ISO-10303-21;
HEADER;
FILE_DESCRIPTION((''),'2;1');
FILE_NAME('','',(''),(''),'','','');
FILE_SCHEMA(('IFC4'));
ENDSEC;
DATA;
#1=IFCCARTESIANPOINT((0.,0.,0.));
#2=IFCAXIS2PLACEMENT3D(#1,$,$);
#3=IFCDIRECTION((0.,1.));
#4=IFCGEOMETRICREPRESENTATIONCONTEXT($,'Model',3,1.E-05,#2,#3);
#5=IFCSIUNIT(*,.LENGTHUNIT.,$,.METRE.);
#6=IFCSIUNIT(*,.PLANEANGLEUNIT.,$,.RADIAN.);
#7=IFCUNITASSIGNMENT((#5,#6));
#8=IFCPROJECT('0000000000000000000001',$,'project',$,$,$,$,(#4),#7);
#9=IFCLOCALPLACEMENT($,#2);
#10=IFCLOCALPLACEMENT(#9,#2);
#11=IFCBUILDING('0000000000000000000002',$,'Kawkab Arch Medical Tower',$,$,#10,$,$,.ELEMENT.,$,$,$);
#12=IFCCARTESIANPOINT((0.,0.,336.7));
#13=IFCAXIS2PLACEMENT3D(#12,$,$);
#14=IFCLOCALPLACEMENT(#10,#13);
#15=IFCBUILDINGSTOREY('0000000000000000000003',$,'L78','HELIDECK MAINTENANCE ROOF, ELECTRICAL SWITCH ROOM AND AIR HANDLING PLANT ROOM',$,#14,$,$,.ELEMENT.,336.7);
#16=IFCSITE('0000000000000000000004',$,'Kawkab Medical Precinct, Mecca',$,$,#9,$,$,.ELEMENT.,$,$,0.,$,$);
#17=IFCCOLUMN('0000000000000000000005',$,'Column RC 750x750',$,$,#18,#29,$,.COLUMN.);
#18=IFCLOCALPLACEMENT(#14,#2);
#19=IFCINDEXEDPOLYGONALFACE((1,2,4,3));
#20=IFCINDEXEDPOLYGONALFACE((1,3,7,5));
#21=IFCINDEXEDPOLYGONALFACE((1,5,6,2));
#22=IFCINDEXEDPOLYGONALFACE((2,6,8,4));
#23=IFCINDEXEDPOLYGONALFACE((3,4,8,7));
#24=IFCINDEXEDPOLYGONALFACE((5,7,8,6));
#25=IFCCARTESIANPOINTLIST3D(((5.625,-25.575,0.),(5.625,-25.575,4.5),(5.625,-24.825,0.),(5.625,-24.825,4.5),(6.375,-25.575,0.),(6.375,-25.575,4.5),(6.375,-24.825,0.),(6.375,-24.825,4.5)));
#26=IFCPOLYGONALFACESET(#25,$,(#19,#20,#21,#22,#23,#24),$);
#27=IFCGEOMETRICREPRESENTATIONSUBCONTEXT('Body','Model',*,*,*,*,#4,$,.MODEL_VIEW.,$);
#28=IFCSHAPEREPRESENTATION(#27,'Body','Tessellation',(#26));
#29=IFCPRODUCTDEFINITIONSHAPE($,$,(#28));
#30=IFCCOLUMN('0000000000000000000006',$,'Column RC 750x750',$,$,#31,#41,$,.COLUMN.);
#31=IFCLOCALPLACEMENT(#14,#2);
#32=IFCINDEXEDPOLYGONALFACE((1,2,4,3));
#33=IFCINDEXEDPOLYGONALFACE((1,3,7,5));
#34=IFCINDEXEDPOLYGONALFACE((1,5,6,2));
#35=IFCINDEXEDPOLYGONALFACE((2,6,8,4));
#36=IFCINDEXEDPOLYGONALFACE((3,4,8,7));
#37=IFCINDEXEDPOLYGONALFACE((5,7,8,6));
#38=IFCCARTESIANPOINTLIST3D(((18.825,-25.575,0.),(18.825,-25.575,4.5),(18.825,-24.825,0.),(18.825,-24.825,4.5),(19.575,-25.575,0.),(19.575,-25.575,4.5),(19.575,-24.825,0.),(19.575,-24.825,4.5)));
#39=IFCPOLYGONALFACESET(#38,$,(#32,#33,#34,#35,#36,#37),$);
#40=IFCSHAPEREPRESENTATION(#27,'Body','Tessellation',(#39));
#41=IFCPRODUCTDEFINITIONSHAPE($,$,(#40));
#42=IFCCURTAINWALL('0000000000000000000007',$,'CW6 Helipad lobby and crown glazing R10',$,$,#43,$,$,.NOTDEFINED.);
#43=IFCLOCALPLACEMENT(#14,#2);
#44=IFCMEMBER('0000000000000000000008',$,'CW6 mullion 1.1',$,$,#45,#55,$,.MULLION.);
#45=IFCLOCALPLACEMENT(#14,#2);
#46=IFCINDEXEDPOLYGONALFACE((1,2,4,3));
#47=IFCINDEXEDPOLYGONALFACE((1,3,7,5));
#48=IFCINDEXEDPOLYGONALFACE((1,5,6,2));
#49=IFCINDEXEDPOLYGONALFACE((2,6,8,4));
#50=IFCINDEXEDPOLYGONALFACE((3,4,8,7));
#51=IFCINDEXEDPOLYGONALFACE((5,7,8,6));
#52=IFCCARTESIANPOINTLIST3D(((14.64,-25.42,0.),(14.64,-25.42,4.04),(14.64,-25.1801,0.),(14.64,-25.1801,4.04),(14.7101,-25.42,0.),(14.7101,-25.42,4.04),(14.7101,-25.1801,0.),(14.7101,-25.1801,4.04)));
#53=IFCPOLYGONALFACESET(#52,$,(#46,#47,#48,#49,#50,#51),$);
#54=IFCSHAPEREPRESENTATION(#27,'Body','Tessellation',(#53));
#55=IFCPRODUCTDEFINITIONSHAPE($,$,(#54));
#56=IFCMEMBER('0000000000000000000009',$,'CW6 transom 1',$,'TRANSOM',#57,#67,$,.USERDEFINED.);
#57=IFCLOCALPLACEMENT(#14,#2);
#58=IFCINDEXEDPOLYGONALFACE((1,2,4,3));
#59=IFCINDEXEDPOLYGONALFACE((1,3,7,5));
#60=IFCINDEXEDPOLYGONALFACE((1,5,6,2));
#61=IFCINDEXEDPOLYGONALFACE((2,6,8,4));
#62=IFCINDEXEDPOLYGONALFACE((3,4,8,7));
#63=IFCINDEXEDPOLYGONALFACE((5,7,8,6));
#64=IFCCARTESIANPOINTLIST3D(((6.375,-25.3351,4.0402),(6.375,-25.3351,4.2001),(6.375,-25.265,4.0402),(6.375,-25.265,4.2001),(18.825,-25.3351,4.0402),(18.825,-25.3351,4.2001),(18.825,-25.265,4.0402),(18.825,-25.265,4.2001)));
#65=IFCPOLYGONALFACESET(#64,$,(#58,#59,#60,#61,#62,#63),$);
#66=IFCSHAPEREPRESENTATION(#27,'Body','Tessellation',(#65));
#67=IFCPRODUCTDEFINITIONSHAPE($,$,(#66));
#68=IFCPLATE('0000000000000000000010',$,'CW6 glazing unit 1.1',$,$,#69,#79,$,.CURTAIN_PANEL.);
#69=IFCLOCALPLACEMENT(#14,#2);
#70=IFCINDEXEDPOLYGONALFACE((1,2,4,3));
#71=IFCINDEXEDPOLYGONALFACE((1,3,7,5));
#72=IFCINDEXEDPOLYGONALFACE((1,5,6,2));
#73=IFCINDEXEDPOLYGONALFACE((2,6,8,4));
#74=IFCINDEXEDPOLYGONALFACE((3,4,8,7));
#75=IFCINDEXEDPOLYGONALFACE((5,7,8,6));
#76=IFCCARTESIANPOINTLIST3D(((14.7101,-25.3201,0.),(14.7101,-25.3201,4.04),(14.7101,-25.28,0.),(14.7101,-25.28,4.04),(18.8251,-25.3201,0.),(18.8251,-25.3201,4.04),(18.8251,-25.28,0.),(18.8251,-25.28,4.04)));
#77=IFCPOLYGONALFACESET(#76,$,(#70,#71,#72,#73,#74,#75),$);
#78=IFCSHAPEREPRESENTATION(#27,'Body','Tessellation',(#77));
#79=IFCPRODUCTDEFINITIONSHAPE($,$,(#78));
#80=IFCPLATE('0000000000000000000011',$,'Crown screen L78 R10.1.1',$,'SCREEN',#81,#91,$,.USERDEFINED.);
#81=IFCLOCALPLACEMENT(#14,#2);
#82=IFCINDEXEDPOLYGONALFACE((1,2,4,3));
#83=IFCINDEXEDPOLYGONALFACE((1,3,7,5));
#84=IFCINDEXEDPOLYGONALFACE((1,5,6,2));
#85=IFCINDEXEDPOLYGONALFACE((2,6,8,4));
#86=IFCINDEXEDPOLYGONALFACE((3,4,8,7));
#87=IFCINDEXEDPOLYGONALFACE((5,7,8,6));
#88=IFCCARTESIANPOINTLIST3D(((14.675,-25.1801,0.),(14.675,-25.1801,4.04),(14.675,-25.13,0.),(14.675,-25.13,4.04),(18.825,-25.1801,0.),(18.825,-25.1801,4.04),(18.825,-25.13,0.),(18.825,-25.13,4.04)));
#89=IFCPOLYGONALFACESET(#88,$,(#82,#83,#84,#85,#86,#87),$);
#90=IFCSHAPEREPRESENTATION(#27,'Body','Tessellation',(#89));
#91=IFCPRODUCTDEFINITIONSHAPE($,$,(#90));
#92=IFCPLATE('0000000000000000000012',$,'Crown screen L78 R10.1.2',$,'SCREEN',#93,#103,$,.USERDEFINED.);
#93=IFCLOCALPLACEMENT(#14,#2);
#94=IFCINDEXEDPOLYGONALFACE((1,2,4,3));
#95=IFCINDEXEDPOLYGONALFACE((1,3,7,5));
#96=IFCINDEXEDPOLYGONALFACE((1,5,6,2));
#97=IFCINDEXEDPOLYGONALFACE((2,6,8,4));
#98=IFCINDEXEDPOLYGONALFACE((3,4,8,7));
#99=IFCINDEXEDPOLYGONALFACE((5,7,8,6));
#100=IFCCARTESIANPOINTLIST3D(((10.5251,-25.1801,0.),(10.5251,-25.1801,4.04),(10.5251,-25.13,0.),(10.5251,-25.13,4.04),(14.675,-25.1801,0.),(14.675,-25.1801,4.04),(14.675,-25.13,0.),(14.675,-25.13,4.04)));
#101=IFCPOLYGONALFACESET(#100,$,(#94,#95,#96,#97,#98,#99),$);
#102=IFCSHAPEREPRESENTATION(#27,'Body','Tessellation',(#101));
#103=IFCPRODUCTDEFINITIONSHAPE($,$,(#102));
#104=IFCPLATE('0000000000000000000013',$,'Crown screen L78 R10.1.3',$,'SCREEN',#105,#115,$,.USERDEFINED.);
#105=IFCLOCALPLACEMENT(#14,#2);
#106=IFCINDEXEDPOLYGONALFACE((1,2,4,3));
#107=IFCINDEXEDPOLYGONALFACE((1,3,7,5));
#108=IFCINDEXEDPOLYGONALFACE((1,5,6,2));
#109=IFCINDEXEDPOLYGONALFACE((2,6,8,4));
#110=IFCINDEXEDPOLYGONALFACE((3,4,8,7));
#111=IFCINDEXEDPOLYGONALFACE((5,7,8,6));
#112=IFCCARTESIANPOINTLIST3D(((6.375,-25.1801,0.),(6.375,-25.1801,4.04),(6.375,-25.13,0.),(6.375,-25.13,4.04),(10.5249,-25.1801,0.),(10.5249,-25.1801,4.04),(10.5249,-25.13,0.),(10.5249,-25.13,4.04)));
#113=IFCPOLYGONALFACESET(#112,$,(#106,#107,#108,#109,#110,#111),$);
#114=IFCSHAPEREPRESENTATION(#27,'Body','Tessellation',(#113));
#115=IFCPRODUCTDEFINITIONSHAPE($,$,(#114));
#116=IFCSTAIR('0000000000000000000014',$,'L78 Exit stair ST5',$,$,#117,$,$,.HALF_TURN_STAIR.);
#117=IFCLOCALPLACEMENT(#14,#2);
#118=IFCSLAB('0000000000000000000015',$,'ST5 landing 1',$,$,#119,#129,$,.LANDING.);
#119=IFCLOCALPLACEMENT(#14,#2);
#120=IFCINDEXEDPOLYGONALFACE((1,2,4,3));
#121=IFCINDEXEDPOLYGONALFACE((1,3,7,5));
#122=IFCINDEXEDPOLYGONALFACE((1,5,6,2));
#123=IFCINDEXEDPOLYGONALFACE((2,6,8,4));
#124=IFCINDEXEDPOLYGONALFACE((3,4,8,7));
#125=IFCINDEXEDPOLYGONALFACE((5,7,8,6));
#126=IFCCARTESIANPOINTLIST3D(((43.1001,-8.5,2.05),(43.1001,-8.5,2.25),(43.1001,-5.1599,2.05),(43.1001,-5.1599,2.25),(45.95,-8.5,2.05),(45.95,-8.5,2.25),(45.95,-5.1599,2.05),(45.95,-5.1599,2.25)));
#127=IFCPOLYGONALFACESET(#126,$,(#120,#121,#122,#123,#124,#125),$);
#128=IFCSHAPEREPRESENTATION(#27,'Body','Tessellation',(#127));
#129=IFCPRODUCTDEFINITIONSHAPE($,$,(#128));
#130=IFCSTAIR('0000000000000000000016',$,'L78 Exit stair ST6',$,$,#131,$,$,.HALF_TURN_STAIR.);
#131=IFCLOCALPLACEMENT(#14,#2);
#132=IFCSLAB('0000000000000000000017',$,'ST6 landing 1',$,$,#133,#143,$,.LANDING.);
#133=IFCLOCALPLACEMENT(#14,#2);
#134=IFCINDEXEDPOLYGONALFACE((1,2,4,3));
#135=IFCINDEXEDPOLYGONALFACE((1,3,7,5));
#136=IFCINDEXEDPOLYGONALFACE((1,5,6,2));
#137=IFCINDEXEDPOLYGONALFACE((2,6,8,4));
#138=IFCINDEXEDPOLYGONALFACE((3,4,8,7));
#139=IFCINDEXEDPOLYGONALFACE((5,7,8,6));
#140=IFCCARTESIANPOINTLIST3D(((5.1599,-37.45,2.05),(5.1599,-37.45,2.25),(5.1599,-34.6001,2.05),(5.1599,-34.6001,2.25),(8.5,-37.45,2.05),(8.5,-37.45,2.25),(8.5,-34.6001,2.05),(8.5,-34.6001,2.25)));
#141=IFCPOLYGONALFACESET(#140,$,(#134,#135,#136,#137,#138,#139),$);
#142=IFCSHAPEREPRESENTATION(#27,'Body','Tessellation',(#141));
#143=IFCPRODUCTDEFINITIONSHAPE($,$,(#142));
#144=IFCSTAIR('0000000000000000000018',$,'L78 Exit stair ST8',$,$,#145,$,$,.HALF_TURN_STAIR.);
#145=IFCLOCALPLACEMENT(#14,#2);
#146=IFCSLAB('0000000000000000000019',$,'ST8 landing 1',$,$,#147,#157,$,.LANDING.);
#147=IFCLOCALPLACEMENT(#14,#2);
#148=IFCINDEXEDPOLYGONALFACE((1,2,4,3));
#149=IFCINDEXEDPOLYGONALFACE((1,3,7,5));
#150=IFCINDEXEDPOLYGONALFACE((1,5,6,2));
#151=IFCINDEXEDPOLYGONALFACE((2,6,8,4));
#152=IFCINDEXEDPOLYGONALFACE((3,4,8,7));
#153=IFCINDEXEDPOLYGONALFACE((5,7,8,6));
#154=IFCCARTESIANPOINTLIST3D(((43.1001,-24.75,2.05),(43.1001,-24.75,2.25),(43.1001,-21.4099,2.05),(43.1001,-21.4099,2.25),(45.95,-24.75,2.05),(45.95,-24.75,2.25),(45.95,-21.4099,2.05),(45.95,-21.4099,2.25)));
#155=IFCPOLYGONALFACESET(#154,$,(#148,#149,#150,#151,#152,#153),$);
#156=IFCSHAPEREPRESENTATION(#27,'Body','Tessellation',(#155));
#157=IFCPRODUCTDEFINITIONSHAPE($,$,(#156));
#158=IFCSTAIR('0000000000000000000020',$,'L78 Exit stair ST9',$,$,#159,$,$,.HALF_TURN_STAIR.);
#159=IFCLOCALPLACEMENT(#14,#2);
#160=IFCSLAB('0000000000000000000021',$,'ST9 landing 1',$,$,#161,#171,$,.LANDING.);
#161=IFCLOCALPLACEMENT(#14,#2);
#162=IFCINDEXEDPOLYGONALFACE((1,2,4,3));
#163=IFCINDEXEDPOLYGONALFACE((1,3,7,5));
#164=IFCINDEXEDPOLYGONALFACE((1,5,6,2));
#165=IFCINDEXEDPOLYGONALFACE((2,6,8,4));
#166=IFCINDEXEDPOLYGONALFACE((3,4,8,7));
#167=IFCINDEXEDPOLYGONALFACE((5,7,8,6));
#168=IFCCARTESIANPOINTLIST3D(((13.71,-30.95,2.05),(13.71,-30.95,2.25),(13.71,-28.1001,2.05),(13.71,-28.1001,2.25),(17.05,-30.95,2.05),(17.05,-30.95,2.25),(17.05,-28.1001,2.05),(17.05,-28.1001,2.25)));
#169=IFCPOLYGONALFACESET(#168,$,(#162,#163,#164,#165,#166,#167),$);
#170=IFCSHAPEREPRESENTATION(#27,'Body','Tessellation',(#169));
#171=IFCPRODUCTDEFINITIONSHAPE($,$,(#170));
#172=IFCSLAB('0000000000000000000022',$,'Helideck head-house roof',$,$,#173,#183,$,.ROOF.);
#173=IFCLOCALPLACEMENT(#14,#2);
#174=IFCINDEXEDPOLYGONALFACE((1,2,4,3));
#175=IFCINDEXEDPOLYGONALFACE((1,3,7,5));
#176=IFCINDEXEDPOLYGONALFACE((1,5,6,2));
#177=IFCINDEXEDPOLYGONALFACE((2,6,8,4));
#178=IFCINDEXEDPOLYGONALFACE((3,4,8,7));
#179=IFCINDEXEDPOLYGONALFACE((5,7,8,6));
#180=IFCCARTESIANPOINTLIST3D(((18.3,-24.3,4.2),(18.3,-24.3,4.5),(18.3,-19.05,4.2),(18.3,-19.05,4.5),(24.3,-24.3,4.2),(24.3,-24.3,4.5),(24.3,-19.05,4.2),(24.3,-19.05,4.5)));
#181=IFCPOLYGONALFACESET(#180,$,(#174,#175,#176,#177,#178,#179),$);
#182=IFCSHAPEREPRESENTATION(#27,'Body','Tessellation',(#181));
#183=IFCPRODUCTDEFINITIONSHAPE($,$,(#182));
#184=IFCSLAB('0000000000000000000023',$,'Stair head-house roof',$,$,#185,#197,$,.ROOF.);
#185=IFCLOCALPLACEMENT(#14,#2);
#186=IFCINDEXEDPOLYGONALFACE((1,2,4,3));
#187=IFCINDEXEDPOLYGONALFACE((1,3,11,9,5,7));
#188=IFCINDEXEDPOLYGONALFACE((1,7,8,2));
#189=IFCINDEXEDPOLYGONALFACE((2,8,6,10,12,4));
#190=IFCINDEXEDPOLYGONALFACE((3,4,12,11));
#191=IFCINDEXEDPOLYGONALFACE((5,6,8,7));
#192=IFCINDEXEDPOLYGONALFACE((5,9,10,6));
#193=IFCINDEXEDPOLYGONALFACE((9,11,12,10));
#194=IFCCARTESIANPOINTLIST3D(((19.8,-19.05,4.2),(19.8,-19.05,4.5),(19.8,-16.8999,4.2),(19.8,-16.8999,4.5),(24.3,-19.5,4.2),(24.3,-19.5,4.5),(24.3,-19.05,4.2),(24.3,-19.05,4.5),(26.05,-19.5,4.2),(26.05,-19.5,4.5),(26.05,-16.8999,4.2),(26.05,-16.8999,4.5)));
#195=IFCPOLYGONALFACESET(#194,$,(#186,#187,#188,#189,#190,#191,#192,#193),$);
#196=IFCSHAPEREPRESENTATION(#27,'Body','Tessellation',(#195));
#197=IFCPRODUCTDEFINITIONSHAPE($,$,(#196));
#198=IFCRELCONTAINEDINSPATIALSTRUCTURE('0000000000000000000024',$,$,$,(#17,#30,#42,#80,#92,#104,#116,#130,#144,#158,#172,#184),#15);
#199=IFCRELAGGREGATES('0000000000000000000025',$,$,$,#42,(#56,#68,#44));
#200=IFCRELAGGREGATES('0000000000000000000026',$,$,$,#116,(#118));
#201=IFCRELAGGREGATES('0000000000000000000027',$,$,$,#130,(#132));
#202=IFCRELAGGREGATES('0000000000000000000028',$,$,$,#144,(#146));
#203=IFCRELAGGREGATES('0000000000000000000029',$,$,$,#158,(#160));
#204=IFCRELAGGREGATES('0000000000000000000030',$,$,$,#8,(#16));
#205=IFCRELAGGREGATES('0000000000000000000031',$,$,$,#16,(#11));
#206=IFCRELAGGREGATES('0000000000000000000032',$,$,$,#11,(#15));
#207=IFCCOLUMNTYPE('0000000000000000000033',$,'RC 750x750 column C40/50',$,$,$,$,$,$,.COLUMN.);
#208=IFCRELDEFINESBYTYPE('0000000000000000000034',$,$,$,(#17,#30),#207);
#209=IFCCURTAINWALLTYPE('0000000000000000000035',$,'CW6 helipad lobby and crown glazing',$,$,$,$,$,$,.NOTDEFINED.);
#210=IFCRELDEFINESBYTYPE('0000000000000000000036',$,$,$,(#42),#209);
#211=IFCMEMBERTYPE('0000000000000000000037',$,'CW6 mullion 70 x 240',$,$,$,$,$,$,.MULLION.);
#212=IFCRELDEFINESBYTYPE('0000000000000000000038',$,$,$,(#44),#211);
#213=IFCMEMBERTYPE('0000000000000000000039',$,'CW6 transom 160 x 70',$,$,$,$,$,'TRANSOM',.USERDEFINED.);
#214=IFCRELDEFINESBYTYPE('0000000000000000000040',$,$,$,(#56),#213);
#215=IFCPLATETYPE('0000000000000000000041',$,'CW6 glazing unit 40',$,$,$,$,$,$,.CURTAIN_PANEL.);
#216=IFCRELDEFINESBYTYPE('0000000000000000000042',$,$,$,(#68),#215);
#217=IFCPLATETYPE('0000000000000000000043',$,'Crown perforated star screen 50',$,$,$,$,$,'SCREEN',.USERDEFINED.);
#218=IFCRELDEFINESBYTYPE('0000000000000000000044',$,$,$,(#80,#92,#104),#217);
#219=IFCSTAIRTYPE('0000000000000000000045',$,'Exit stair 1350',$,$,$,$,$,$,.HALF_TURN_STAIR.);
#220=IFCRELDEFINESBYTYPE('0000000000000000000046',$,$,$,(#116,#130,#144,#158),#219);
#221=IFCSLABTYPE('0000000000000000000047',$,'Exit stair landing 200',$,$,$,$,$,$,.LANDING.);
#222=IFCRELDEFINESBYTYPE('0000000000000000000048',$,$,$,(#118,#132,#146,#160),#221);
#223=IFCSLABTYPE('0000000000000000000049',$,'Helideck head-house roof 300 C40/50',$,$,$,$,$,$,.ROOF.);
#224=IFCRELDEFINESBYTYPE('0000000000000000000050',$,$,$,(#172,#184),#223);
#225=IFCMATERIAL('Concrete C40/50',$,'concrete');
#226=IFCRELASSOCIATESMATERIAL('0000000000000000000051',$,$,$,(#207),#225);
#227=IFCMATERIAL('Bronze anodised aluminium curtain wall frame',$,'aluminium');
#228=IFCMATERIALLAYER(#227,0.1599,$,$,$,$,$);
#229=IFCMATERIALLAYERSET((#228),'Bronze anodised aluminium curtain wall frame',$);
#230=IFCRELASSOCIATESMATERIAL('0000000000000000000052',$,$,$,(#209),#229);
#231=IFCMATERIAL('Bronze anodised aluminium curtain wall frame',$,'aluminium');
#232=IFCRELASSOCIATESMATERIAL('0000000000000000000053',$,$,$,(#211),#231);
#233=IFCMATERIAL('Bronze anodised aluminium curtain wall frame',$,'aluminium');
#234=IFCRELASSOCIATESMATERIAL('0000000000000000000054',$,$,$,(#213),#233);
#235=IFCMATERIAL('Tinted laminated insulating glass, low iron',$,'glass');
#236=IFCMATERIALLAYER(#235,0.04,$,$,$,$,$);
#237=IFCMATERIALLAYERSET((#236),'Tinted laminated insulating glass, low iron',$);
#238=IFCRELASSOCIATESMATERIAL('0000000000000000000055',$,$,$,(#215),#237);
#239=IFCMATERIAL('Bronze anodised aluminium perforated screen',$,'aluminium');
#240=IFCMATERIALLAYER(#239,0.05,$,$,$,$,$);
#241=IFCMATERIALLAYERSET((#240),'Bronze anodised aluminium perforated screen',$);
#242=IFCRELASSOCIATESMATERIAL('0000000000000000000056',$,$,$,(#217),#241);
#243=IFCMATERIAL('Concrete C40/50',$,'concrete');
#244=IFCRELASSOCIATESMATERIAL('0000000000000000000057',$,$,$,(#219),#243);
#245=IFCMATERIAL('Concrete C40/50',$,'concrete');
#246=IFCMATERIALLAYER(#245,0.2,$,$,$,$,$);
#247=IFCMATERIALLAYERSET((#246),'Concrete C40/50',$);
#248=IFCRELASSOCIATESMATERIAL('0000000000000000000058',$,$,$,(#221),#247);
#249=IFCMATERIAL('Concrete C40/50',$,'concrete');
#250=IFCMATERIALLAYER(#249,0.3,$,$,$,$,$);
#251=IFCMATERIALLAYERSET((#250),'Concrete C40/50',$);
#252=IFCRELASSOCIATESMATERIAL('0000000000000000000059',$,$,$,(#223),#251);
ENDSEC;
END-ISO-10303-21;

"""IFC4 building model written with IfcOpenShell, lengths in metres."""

from ifc_helpers import new_model, si_unit, direction, frame, origin, origin_2d, place, context, subcontext, project, spatial, polyline, rectangle, outline, extrude, material, layer, layer_set, material_profile, profile_set, type_object, element, aggregate, save


model = new_model("IFC4")

# Units and contexts
model_context = context("Model", 3, precision=1e-05, world=origin(), true_north=direction((0.0, 1.0)))
body_context = subcontext(model_context, "Body", "Model", "MODEL_VIEW")
ifc_project = project(units=[si_unit("LENGTHUNIT", "METRE"), si_unit("PLANEANGLEUNIT", "RADIAN")], contexts=[model_context])

# Site, building, storey
site_placement = place(None, origin())
site = spatial("IfcSite", under=ifc_project, at=site_placement, Name="Kawkab Medical Precinct, Mecca", CompositionType="ELEMENT", RefElevation=0.0)
building_placement = place(site_placement, origin())
building = spatial("IfcBuilding", under=site, at=building_placement, Name="Kawkab Arch Medical Tower", CompositionType="ELEMENT")
storey_placement = place(building_placement, frame((0.0, 0.0, 336.7)))
storey = spatial("IfcBuildingStorey", under=building, at=storey_placement, Name="L78", Description="HELIDECK MAINTENANCE ROOF, ELECTRICAL SWITCH ROOM AND AIR HANDLING PLANT ROOM", CompositionType="ELEMENT", Elevation=336.7)

# Columns
ifc_material_1 = material(Name="Concrete C40/50", Category="concrete")
ifc_material_profile_1 = material_profile(ifc_material_1, rectangle(XDim=0.75, YDim=0.75, at=origin_2d()), Name="RC 750x750")
ifc_profile_set_1 = profile_set([ifc_material_profile_1], Name="Concrete C40/50")
column_type = type_object("IfcColumnType", Name="RC 750x750 column C40/50", PredefinedType="COLUMN", material=ifc_profile_set_1)
for number, where, z_axis, x_axis, name in (
    (1, (6.0, -25.2, 0.0), (0.0, 0.0, 1.0), (1.0, 0.0, 0.0), "Column RC 750x750"),
    (2, (19.2, -25.2, 0.0), (0.0, 0.0, 1.0), (1.0, 0.0, 0.0), "Column RC 750x750"),
):
    element("IfcColumn", number, at=place(storey_placement, frame(where, z_axis=z_axis, x_axis=x_axis)), inside=storey, type_object=column_type, Name=name, PredefinedType="COLUMN", context=body_context, shape_type="SweptSolid", body=[
        extrude(rectangle(XDim=0.75, YDim=0.75, at=origin_2d()), origin(), (0.0, 0.0, 1.0), 4.5),
    ])

# Curtain wall, members, plate
ifc_material_2 = material(Name="Bronze anodised aluminium curtain wall frame", Category="aluminium")
ifc_layer_1 = layer(ifc_material_2, 0.1599)
ifc_layer_set_1 = layer_set([ifc_layer_1], Name="Bronze anodised aluminium curtain wall frame")
curtain_wall_type = type_object("IfcCurtainWallType", Name="CW6 helipad lobby and crown glazing", PredefinedType="NOTDEFINED", material=ifc_layer_set_1)
placement_1 = place(storey_placement, origin())
curtain_wall = element("IfcCurtainWall", 3, at=placement_1, inside=storey, type_object=curtain_wall_type, Name="CW6 Helipad lobby and crown glazing R10", PredefinedType="NOTDEFINED")
ifc_material_3 = material(Name="Bronze anodised aluminium curtain wall frame", Category="aluminium")
ifc_material_profile_2 = material_profile(ifc_material_3, rectangle(XDim=0.24, YDim=0.0701, at=origin_2d()), Name="AL 70x240")
ifc_profile_set_2 = profile_set([ifc_material_profile_2], Name="Bronze anodised aluminium curtain wall frame")
member_type_1 = type_object("IfcMemberType", Name="CW6 mullion 70 x 240", PredefinedType="MULLION", material=ifc_profile_set_2)
member_1_placement = place(storey_placement, frame((14.675, -25.3, 0.0), z_axis=(0.0, 0.0, 1.0), x_axis=(0.0, -1.0, 0.0)))
member_1 = element("IfcMember", 4, at=member_1_placement, type_object=member_type_1, Name="CW6 mullion 1.1", PredefinedType="MULLION", context=body_context, shape_type="SweptSolid", body=[
    extrude(rectangle(XDim=0.24, YDim=0.0701, at=origin_2d()), origin(), (0.0, 0.0, 1.0), 4.04),
])
ifc_material_4 = material(Name="Bronze anodised aluminium curtain wall frame", Category="aluminium")
ifc_material_profile_3 = material_profile(ifc_material_4, rectangle(XDim=0.0701, YDim=0.1599, at=origin_2d()), Name="AL 70x160")
ifc_profile_set_3 = profile_set([ifc_material_profile_3], Name="Bronze anodised aluminium curtain wall frame")
member_type_2 = type_object("IfcMemberType", Name="CW6 transom 160 x 70", ElementType="TRANSOM", PredefinedType="USERDEFINED", material=ifc_profile_set_3)
member_2_placement = place(storey_placement, frame((18.825, -25.3, 4.1201), z_axis=(-1.0, 0.0, 0.0), x_axis=(0.0, -1.0, 0.0)))
member_2 = element("IfcMember", 5, at=member_2_placement, type_object=member_type_2, Name="CW6 transom 1", ObjectType="TRANSOM", PredefinedType="USERDEFINED", context=body_context, shape_type="SweptSolid", body=[
    extrude(rectangle(XDim=0.0701, YDim=0.1599, at=origin_2d()), origin(), (0.0, 0.0, 1.0), 12.45),
])
ifc_material_5 = material(Name="Tinted laminated insulating glass, low iron", Category="glass")
ifc_layer_2 = layer(ifc_material_5, 0.04)
ifc_layer_set_2 = layer_set([ifc_layer_2], Name="Tinted laminated insulating glass, low iron")
plate_type_1 = type_object("IfcPlateType", Name="CW6 glazing unit 40", PredefinedType="CURTAIN_PANEL", material=ifc_layer_set_2)
plate_placement = place(storey_placement, frame((16.7676, -25.3, 0.0), z_axis=(0.0, 0.0, 1.0), x_axis=(-1.0, 0.0, 0.0)))
plate = element("IfcPlate", 6, at=plate_placement, type_object=plate_type_1, Name="CW6 glazing unit 1.1", PredefinedType="CURTAIN_PANEL", context=body_context, shape_type="SweptSolid", body=[
    extrude(rectangle(XDim=4.115, YDim=0.04, at=origin_2d()), origin(), (0.0, 0.0, 1.0), 4.04),
])
aggregate(curtain_wall, [member_2, plate, member_1])

# Plates
ifc_material_6 = material(Name="Bronze anodised aluminium perforated screen", Category="aluminium")
ifc_layer_3 = layer(ifc_material_6, 0.05)
ifc_layer_set_3 = layer_set([ifc_layer_3], Name="Bronze anodised aluminium perforated screen")
plate_type_2 = type_object("IfcPlateType", Name="Crown perforated star screen 50", ElementType="SCREEN", PredefinedType="USERDEFINED", material=ifc_layer_set_3)
for number, where, z_axis, x_axis, name in (
    (7, (16.75, -25.155, 0.0), (0.0, 0.0, 1.0), (-1.0, 0.0, 0.0), "Crown screen L78 R10.1.1"),
    (8, (12.6001, -25.155, 0.0), (0.0, 0.0, 1.0), (-1.0, 0.0, 0.0), "Crown screen L78 R10.1.2"),
    (9, (8.45, -25.155, 0.0), (0.0, 0.0, 1.0), (-1.0, 0.0, 0.0), "Crown screen L78 R10.1.3"),
):
    element("IfcPlate", number, at=place(storey_placement, frame(where, z_axis=z_axis, x_axis=x_axis)), inside=storey, type_object=plate_type_2, Name=name, ObjectType="SCREEN", PredefinedType="USERDEFINED", context=body_context, shape_type="SweptSolid", body=[
        extrude(rectangle(XDim=4.1499, YDim=0.05, at=origin_2d()), origin(), (0.0, 0.0, 1.0), 4.04),
    ])

# Stairs, slabs
ifc_material_7 = material(Name="Concrete C40/50", Category="concrete")
stair_type = type_object("IfcStairType", Name="Exit stair 1350", PredefinedType="HALF_TURN_STAIR", material=ifc_material_7)
stair_1 = element("IfcStair", 10, at=placement_1, inside=storey, type_object=stair_type, Name="L78 Exit stair ST5", PredefinedType="HALF_TURN_STAIR")
ifc_material_8 = material(Name="Concrete C40/50", Category="concrete")
ifc_layer_4 = layer(ifc_material_8, 0.2)
ifc_layer_set_4 = layer_set([ifc_layer_4], Name="Concrete C40/50")
slab_type_1 = type_object("IfcSlabType", Name="Exit stair landing 200", PredefinedType="LANDING", material=ifc_layer_set_4)
placement_2 = place(storey_placement, frame((0.0, 0.0, 2.05)))
slab_1 = element("IfcSlab", 11, at=placement_2, type_object=slab_type_1, Name="ST5 landing 1", PredefinedType="LANDING", context=body_context, shape_type="SweptSolid", body=[
    extrude(outline(polyline([(43.1001, -5.1599), (43.1001, -8.5), (45.95, -8.5), (45.95, -5.1599), (43.1001, -5.1599)])), origin(), (0.0, 0.0, 1.0), 0.2),
])
aggregate(stair_1, [slab_1])
stair_2 = element("IfcStair", 12, at=placement_1, inside=storey, type_object=stair_type, Name="L78 Exit stair ST6", PredefinedType="HALF_TURN_STAIR")
slab_2 = element("IfcSlab", 13, at=placement_2, type_object=slab_type_1, Name="ST6 landing 1", PredefinedType="LANDING", context=body_context, shape_type="SweptSolid", body=[
    extrude(outline(polyline([(5.1599, -37.45), (8.5, -37.45), (8.5, -34.6001), (5.1599, -34.6001), (5.1599, -37.45)])), origin(), (0.0, 0.0, 1.0), 0.2),
])
aggregate(stair_2, [slab_2])
stair_3 = element("IfcStair", 14, at=placement_1, inside=storey, type_object=stair_type, Name="L78 Exit stair ST8", PredefinedType="HALF_TURN_STAIR")
slab_3 = element("IfcSlab", 15, at=placement_2, type_object=slab_type_1, Name="ST8 landing 1", PredefinedType="LANDING", context=body_context, shape_type="SweptSolid", body=[
    extrude(outline(polyline([(43.1001, -21.4099), (43.1001, -24.75), (45.95, -24.75), (45.95, -21.4099), (43.1001, -21.4099)])), origin(), (0.0, 0.0, 1.0), 0.2),
])
aggregate(stair_3, [slab_3])
stair_4 = element("IfcStair", 16, at=placement_1, inside=storey, type_object=stair_type, Name="L78 Exit stair ST9", PredefinedType="HALF_TURN_STAIR")
slab_4 = element("IfcSlab", 17, at=placement_2, type_object=slab_type_1, Name="ST9 landing 1", PredefinedType="LANDING", context=body_context, shape_type="SweptSolid", body=[
    extrude(outline(polyline([(13.71, -30.95), (17.05, -30.95), (17.05, -28.1001), (13.71, -28.1001), (13.71, -30.95)])), origin(), (0.0, 0.0, 1.0), 0.2),
])
aggregate(stair_4, [slab_4])

# Slabs
ifc_material_9 = material(Name="Concrete C40/50", Category="concrete")
ifc_layer_5 = layer(ifc_material_9, 0.3)
ifc_layer_set_5 = layer_set([ifc_layer_5], Name="Concrete C40/50")
slab_type_2 = type_object("IfcSlabType", Name="Helideck head-house roof 300 C40/50", PredefinedType="ROOF", material=ifc_layer_set_5)
placement_3 = place(storey_placement, frame((0.0, 0.0, 4.2)))
element("IfcSlab", 18, at=placement_3, inside=storey, type_object=slab_type_2, Name="Helideck head-house roof", PredefinedType="ROOF", context=body_context, shape_type="SweptSolid", body=[
    extrude(outline(polyline([(18.3, -24.3), (24.3, -24.3), (24.3, -19.05), (18.3, -19.05), (18.3, -24.3)])), origin(), (0.0, 0.0, 1.0), 0.3),
])
element("IfcSlab", 19, at=placement_3, inside=storey, type_object=slab_type_2, Name="Stair head-house roof", PredefinedType="ROOF", context=body_context, shape_type="SweptSolid", body=[
    extrude(outline(polyline([(19.8, -19.05), (24.3, -19.05), (24.3, -19.5), (26.05, -19.5), (26.05, -16.8999), (19.8, -16.8999), (19.8, -19.05)])), origin(), (0.0, 0.0, 1.0), 0.3),
])

save(model, "model.ifc")
